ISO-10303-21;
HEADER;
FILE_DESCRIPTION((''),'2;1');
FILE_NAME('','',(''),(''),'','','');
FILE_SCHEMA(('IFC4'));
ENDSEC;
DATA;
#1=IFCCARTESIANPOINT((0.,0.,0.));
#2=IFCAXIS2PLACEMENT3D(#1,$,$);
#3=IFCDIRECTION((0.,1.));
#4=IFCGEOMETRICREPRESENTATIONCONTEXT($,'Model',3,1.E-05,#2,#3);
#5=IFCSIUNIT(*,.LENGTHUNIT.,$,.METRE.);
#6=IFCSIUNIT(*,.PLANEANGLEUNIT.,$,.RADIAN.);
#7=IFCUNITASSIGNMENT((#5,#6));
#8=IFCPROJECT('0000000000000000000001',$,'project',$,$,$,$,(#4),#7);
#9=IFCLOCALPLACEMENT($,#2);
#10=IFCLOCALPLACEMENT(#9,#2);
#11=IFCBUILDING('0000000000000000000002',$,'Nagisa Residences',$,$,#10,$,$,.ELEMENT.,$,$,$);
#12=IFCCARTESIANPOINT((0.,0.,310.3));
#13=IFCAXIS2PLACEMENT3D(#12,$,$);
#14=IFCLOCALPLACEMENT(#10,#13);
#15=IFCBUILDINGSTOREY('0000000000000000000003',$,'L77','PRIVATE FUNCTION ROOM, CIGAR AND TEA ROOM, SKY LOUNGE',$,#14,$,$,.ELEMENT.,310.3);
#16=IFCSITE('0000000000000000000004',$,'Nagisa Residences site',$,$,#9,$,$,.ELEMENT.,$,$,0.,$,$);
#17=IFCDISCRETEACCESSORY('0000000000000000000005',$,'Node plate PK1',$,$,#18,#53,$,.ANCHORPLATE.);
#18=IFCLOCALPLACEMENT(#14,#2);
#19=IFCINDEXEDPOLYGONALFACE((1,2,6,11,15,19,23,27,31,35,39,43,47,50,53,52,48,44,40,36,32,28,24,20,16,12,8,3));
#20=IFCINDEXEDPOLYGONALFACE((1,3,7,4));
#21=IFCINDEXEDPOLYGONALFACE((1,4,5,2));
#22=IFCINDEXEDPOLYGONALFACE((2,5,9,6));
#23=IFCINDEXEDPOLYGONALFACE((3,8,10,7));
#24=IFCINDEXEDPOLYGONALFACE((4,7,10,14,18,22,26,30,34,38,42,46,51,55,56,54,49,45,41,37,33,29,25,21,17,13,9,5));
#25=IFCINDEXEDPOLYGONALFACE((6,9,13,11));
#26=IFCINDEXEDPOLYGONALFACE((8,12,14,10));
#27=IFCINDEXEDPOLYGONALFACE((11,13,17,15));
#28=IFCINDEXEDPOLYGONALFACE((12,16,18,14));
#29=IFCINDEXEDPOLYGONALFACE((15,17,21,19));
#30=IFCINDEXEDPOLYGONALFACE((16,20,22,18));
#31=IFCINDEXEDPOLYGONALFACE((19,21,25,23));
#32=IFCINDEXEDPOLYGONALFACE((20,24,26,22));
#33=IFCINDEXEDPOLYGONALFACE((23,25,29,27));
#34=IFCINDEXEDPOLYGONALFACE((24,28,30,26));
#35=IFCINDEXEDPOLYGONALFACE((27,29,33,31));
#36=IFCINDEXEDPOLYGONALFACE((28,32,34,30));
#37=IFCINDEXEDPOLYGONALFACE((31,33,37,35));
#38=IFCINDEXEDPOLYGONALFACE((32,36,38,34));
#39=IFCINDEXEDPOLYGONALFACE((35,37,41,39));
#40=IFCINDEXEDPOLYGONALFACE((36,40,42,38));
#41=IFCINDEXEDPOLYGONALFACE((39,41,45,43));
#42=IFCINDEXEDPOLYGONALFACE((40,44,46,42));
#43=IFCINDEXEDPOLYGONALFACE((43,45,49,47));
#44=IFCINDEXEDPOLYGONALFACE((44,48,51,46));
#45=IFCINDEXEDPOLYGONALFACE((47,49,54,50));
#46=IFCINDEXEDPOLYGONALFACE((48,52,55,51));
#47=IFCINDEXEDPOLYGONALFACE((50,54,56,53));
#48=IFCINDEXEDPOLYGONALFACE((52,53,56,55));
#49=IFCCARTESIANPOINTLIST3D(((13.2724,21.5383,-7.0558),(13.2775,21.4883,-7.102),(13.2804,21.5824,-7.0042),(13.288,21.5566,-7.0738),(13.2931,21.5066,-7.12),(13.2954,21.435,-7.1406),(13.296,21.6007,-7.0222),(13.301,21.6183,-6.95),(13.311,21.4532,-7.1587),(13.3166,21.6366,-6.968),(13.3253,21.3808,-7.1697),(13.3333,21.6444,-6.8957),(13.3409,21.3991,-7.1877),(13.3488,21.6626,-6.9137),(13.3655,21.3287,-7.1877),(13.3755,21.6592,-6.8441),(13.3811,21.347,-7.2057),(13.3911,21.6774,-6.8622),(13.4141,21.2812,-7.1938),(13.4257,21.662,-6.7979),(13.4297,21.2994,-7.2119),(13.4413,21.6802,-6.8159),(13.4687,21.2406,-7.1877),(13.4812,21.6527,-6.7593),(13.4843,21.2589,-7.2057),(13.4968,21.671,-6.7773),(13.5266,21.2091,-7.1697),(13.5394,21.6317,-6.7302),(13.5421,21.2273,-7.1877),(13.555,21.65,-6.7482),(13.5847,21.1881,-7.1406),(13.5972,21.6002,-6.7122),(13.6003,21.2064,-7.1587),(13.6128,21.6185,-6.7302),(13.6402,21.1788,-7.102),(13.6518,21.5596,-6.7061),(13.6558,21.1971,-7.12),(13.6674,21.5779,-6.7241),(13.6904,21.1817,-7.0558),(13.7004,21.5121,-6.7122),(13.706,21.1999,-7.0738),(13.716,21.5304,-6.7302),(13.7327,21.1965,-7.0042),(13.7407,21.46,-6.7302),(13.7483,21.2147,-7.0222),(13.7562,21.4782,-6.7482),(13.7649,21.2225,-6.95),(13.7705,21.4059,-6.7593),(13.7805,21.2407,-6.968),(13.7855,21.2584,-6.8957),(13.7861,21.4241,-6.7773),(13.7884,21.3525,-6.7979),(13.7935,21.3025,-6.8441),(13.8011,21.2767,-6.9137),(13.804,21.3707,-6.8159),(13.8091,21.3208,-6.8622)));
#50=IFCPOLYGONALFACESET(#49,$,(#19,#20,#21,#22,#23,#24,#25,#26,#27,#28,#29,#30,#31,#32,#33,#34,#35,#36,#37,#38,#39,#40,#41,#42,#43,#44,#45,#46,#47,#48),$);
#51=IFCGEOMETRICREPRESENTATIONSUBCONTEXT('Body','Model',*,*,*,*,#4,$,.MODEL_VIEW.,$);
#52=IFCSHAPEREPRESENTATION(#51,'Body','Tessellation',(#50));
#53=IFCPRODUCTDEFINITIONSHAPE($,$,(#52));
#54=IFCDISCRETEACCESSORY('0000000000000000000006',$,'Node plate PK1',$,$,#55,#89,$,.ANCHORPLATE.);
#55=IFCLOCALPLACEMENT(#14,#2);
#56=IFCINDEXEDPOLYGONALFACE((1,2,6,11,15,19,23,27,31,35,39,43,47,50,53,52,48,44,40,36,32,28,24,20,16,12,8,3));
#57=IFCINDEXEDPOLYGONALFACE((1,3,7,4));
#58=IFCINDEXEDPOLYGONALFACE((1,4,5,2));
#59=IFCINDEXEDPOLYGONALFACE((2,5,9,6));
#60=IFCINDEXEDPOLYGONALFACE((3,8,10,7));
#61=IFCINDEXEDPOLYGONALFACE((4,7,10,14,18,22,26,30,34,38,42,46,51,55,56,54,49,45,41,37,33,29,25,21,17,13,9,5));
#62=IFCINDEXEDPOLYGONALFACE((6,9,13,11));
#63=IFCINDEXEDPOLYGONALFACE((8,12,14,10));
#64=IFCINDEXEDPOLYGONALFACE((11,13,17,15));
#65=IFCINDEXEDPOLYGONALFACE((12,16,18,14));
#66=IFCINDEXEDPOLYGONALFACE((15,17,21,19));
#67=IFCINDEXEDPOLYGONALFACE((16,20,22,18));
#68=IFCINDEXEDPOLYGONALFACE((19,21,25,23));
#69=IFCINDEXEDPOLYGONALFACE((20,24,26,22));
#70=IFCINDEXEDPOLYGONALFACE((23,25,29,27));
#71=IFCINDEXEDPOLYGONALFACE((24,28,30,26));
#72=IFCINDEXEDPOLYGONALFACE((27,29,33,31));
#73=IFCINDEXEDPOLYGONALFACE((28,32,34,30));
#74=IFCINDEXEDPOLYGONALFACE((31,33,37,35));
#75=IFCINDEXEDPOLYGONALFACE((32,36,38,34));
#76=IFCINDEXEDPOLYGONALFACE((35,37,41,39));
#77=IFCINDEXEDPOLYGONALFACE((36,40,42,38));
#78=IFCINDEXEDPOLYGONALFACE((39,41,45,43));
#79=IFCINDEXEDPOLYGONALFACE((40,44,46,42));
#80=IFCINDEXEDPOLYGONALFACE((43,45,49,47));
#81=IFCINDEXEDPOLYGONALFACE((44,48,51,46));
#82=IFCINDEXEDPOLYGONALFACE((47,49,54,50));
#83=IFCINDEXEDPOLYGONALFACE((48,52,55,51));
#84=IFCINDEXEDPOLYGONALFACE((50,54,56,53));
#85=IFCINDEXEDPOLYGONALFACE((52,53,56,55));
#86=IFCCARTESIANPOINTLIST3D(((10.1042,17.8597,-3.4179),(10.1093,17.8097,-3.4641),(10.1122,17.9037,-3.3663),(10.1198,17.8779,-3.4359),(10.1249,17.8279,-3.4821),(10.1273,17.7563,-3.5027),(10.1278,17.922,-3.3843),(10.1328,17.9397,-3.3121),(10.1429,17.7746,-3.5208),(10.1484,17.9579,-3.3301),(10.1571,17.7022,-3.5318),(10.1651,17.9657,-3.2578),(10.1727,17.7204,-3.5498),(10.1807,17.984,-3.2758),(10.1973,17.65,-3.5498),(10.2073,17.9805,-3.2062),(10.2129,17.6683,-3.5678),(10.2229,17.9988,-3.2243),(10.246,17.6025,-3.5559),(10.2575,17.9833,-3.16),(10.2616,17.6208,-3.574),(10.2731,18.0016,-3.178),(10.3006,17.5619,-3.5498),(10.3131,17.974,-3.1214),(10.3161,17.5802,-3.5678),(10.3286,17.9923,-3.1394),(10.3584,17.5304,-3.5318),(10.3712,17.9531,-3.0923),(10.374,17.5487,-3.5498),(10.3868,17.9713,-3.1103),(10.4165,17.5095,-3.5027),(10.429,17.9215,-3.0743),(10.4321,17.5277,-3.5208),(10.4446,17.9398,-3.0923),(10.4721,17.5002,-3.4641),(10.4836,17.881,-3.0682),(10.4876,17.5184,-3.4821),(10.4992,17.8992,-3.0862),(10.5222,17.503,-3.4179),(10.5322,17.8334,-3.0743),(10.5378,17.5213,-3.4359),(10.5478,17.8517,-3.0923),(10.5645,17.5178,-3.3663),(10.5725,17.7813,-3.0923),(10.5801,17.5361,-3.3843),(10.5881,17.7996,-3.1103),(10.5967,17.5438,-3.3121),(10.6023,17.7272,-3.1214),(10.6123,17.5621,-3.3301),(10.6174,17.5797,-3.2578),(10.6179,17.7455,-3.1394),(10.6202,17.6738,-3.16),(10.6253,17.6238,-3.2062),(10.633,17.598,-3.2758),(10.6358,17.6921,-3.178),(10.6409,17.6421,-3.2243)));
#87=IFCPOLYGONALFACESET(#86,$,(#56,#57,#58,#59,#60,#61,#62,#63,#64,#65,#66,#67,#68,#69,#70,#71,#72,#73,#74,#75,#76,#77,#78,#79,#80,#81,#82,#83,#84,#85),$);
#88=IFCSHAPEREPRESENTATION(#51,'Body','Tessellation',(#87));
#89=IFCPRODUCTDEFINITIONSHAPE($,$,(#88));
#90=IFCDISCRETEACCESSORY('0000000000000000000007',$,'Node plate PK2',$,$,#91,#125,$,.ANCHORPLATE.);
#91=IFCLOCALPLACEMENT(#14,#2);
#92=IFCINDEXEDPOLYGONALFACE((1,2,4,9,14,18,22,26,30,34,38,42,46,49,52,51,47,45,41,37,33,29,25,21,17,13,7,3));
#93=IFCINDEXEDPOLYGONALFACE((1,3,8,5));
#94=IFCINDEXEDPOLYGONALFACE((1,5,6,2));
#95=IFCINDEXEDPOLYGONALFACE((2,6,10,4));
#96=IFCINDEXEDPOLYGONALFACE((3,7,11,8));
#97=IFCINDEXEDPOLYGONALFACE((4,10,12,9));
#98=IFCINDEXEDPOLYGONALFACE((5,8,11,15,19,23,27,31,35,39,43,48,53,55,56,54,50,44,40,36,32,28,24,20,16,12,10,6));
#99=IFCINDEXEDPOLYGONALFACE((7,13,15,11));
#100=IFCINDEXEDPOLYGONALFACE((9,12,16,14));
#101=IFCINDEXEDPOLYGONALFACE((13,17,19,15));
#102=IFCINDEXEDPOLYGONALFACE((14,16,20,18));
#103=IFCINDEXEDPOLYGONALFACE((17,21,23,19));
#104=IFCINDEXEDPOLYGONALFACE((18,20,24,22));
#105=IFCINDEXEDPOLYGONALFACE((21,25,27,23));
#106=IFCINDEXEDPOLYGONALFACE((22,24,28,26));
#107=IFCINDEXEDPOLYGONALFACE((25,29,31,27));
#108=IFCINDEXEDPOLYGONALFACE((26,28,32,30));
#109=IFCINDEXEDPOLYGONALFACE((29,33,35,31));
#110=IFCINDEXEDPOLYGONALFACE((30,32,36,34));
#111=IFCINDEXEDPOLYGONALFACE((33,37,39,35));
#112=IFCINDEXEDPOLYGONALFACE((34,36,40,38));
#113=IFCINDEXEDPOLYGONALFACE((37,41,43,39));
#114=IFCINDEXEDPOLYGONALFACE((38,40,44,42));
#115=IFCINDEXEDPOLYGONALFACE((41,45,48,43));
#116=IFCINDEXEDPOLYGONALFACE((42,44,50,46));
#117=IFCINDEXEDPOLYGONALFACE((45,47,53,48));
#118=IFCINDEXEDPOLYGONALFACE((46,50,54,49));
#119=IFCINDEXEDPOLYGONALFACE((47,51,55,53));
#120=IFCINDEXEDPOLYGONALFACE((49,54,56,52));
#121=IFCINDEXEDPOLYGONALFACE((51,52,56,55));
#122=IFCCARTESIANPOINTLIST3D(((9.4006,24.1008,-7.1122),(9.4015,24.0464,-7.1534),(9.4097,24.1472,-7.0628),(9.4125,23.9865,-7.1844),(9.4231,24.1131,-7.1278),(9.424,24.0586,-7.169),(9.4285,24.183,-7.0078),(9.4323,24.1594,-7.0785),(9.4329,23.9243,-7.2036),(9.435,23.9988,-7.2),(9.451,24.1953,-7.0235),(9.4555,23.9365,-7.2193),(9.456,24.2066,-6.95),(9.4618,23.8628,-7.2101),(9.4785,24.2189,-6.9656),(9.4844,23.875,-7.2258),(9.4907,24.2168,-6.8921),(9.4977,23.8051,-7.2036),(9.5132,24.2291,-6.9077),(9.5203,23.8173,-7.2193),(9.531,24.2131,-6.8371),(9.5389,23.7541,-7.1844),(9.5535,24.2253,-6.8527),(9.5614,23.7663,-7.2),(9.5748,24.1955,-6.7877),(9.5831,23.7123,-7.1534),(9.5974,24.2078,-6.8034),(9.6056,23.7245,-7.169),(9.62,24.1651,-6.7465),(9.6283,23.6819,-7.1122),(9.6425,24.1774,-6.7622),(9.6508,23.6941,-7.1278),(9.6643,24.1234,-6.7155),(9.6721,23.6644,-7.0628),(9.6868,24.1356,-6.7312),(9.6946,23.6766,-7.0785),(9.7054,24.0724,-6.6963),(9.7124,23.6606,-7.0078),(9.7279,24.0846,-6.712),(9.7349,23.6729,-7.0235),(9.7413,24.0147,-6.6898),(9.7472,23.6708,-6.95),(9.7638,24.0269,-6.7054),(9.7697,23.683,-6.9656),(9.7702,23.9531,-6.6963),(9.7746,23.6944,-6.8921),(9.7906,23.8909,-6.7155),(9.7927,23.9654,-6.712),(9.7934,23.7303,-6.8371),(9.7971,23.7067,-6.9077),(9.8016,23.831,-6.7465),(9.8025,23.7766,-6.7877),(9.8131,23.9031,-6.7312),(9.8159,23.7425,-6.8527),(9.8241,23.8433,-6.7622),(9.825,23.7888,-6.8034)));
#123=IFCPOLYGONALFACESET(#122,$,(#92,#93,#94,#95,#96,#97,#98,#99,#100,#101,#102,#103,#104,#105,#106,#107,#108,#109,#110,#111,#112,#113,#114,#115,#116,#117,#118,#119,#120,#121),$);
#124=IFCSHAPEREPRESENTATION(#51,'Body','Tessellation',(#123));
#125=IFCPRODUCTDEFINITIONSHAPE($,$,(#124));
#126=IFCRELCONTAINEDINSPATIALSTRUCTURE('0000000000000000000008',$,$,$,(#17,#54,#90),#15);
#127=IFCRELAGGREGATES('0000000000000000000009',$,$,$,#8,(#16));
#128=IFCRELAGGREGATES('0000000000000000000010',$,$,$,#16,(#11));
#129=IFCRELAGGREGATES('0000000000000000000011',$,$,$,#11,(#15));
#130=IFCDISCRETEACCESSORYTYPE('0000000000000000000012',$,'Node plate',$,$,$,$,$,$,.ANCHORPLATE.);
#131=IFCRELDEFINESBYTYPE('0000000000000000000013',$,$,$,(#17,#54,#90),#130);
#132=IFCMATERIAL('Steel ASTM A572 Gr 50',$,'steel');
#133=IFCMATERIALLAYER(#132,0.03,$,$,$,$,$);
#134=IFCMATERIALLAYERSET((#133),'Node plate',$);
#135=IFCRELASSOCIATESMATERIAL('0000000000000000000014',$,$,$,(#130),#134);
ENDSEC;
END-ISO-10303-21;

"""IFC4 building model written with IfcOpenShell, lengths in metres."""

from ifc_helpers import new_model, si_unit, direction, frame, origin, origin_2d, place, context, subcontext, project, spatial, circle, extrude, material, layer, layer_set, type_object, element, save


model = new_model("IFC4")

# Units and contexts
model_context = context("Model", 3, precision=1e-05, world=origin(), true_north=direction((0.0, 1.0)))
body_context = subcontext(model_context, "Body", "Model", "MODEL_VIEW")
ifc_project = project(units=[si_unit("LENGTHUNIT", "METRE"), si_unit("PLANEANGLEUNIT", "RADIAN")], contexts=[model_context])

# Site, building, storey
site_placement = place(None, origin())
site = spatial("IfcSite", under=ifc_project, at=site_placement, Name="Nagisa Residences site", CompositionType="ELEMENT", RefElevation=0.0)
building_placement = place(site_placement, origin())
building = spatial("IfcBuilding", under=site, at=building_placement, Name="Nagisa Residences", CompositionType="ELEMENT")
storey_placement = place(building_placement, frame((0.0, 0.0, 310.3)))
storey = spatial("IfcBuildingStorey", under=building, at=storey_placement, Name="L77", Description="PRIVATE FUNCTION ROOM, CIGAR AND TEA ROOM, SKY LOUNGE", CompositionType="ELEMENT", Elevation=310.3)

# Discrete accessories
ifc_material_1 = material(Name="Steel ASTM A572 Gr 50", Category="steel")
ifc_layer_1 = layer(ifc_material_1, 0.03)
ifc_layer_set_1 = layer_set([ifc_layer_1], Name="Node plate")
discrete_accessory_type_1 = type_object("IfcDiscreteAccessoryType", Name="Node plate", PredefinedType="ANCHORPLATE", material=ifc_layer_set_1)
for number, where, z_axis, x_axis, name in (
    (1, (13.533, 21.4204, -6.95), (0.51916, 0.60839, -0.600278), (-0.760687, 0.649119, 0.0), "Node plate PK1"),
    (2, (10.3804, 17.76, -3.3301), (-0.51916, -0.60839, 0.600278), (0.760687, -0.649119, 0.0), "Node plate PK1"),
    (3, (9.6016, 23.9387, -6.95), (0.749679, 0.407434, -0.521516), (-0.477513, 0.878625, 0.0), "Node plate PK2"),
):
    element("IfcDiscreteAccessory", number, at=place(storey_placement, frame(where, z_axis=z_axis, x_axis=x_axis)), inside=storey, type_object=discrete_accessory_type_1, Name=name, PredefinedType="ANCHORPLATE", context=body_context, shape_type="SweptSolid", body=[
        extrude(circle(Radius=0.3049, at=origin_2d()), origin(), (0.0, 0.0, 1.0), 0.03),
    ])

save(model, "model.ifc")
